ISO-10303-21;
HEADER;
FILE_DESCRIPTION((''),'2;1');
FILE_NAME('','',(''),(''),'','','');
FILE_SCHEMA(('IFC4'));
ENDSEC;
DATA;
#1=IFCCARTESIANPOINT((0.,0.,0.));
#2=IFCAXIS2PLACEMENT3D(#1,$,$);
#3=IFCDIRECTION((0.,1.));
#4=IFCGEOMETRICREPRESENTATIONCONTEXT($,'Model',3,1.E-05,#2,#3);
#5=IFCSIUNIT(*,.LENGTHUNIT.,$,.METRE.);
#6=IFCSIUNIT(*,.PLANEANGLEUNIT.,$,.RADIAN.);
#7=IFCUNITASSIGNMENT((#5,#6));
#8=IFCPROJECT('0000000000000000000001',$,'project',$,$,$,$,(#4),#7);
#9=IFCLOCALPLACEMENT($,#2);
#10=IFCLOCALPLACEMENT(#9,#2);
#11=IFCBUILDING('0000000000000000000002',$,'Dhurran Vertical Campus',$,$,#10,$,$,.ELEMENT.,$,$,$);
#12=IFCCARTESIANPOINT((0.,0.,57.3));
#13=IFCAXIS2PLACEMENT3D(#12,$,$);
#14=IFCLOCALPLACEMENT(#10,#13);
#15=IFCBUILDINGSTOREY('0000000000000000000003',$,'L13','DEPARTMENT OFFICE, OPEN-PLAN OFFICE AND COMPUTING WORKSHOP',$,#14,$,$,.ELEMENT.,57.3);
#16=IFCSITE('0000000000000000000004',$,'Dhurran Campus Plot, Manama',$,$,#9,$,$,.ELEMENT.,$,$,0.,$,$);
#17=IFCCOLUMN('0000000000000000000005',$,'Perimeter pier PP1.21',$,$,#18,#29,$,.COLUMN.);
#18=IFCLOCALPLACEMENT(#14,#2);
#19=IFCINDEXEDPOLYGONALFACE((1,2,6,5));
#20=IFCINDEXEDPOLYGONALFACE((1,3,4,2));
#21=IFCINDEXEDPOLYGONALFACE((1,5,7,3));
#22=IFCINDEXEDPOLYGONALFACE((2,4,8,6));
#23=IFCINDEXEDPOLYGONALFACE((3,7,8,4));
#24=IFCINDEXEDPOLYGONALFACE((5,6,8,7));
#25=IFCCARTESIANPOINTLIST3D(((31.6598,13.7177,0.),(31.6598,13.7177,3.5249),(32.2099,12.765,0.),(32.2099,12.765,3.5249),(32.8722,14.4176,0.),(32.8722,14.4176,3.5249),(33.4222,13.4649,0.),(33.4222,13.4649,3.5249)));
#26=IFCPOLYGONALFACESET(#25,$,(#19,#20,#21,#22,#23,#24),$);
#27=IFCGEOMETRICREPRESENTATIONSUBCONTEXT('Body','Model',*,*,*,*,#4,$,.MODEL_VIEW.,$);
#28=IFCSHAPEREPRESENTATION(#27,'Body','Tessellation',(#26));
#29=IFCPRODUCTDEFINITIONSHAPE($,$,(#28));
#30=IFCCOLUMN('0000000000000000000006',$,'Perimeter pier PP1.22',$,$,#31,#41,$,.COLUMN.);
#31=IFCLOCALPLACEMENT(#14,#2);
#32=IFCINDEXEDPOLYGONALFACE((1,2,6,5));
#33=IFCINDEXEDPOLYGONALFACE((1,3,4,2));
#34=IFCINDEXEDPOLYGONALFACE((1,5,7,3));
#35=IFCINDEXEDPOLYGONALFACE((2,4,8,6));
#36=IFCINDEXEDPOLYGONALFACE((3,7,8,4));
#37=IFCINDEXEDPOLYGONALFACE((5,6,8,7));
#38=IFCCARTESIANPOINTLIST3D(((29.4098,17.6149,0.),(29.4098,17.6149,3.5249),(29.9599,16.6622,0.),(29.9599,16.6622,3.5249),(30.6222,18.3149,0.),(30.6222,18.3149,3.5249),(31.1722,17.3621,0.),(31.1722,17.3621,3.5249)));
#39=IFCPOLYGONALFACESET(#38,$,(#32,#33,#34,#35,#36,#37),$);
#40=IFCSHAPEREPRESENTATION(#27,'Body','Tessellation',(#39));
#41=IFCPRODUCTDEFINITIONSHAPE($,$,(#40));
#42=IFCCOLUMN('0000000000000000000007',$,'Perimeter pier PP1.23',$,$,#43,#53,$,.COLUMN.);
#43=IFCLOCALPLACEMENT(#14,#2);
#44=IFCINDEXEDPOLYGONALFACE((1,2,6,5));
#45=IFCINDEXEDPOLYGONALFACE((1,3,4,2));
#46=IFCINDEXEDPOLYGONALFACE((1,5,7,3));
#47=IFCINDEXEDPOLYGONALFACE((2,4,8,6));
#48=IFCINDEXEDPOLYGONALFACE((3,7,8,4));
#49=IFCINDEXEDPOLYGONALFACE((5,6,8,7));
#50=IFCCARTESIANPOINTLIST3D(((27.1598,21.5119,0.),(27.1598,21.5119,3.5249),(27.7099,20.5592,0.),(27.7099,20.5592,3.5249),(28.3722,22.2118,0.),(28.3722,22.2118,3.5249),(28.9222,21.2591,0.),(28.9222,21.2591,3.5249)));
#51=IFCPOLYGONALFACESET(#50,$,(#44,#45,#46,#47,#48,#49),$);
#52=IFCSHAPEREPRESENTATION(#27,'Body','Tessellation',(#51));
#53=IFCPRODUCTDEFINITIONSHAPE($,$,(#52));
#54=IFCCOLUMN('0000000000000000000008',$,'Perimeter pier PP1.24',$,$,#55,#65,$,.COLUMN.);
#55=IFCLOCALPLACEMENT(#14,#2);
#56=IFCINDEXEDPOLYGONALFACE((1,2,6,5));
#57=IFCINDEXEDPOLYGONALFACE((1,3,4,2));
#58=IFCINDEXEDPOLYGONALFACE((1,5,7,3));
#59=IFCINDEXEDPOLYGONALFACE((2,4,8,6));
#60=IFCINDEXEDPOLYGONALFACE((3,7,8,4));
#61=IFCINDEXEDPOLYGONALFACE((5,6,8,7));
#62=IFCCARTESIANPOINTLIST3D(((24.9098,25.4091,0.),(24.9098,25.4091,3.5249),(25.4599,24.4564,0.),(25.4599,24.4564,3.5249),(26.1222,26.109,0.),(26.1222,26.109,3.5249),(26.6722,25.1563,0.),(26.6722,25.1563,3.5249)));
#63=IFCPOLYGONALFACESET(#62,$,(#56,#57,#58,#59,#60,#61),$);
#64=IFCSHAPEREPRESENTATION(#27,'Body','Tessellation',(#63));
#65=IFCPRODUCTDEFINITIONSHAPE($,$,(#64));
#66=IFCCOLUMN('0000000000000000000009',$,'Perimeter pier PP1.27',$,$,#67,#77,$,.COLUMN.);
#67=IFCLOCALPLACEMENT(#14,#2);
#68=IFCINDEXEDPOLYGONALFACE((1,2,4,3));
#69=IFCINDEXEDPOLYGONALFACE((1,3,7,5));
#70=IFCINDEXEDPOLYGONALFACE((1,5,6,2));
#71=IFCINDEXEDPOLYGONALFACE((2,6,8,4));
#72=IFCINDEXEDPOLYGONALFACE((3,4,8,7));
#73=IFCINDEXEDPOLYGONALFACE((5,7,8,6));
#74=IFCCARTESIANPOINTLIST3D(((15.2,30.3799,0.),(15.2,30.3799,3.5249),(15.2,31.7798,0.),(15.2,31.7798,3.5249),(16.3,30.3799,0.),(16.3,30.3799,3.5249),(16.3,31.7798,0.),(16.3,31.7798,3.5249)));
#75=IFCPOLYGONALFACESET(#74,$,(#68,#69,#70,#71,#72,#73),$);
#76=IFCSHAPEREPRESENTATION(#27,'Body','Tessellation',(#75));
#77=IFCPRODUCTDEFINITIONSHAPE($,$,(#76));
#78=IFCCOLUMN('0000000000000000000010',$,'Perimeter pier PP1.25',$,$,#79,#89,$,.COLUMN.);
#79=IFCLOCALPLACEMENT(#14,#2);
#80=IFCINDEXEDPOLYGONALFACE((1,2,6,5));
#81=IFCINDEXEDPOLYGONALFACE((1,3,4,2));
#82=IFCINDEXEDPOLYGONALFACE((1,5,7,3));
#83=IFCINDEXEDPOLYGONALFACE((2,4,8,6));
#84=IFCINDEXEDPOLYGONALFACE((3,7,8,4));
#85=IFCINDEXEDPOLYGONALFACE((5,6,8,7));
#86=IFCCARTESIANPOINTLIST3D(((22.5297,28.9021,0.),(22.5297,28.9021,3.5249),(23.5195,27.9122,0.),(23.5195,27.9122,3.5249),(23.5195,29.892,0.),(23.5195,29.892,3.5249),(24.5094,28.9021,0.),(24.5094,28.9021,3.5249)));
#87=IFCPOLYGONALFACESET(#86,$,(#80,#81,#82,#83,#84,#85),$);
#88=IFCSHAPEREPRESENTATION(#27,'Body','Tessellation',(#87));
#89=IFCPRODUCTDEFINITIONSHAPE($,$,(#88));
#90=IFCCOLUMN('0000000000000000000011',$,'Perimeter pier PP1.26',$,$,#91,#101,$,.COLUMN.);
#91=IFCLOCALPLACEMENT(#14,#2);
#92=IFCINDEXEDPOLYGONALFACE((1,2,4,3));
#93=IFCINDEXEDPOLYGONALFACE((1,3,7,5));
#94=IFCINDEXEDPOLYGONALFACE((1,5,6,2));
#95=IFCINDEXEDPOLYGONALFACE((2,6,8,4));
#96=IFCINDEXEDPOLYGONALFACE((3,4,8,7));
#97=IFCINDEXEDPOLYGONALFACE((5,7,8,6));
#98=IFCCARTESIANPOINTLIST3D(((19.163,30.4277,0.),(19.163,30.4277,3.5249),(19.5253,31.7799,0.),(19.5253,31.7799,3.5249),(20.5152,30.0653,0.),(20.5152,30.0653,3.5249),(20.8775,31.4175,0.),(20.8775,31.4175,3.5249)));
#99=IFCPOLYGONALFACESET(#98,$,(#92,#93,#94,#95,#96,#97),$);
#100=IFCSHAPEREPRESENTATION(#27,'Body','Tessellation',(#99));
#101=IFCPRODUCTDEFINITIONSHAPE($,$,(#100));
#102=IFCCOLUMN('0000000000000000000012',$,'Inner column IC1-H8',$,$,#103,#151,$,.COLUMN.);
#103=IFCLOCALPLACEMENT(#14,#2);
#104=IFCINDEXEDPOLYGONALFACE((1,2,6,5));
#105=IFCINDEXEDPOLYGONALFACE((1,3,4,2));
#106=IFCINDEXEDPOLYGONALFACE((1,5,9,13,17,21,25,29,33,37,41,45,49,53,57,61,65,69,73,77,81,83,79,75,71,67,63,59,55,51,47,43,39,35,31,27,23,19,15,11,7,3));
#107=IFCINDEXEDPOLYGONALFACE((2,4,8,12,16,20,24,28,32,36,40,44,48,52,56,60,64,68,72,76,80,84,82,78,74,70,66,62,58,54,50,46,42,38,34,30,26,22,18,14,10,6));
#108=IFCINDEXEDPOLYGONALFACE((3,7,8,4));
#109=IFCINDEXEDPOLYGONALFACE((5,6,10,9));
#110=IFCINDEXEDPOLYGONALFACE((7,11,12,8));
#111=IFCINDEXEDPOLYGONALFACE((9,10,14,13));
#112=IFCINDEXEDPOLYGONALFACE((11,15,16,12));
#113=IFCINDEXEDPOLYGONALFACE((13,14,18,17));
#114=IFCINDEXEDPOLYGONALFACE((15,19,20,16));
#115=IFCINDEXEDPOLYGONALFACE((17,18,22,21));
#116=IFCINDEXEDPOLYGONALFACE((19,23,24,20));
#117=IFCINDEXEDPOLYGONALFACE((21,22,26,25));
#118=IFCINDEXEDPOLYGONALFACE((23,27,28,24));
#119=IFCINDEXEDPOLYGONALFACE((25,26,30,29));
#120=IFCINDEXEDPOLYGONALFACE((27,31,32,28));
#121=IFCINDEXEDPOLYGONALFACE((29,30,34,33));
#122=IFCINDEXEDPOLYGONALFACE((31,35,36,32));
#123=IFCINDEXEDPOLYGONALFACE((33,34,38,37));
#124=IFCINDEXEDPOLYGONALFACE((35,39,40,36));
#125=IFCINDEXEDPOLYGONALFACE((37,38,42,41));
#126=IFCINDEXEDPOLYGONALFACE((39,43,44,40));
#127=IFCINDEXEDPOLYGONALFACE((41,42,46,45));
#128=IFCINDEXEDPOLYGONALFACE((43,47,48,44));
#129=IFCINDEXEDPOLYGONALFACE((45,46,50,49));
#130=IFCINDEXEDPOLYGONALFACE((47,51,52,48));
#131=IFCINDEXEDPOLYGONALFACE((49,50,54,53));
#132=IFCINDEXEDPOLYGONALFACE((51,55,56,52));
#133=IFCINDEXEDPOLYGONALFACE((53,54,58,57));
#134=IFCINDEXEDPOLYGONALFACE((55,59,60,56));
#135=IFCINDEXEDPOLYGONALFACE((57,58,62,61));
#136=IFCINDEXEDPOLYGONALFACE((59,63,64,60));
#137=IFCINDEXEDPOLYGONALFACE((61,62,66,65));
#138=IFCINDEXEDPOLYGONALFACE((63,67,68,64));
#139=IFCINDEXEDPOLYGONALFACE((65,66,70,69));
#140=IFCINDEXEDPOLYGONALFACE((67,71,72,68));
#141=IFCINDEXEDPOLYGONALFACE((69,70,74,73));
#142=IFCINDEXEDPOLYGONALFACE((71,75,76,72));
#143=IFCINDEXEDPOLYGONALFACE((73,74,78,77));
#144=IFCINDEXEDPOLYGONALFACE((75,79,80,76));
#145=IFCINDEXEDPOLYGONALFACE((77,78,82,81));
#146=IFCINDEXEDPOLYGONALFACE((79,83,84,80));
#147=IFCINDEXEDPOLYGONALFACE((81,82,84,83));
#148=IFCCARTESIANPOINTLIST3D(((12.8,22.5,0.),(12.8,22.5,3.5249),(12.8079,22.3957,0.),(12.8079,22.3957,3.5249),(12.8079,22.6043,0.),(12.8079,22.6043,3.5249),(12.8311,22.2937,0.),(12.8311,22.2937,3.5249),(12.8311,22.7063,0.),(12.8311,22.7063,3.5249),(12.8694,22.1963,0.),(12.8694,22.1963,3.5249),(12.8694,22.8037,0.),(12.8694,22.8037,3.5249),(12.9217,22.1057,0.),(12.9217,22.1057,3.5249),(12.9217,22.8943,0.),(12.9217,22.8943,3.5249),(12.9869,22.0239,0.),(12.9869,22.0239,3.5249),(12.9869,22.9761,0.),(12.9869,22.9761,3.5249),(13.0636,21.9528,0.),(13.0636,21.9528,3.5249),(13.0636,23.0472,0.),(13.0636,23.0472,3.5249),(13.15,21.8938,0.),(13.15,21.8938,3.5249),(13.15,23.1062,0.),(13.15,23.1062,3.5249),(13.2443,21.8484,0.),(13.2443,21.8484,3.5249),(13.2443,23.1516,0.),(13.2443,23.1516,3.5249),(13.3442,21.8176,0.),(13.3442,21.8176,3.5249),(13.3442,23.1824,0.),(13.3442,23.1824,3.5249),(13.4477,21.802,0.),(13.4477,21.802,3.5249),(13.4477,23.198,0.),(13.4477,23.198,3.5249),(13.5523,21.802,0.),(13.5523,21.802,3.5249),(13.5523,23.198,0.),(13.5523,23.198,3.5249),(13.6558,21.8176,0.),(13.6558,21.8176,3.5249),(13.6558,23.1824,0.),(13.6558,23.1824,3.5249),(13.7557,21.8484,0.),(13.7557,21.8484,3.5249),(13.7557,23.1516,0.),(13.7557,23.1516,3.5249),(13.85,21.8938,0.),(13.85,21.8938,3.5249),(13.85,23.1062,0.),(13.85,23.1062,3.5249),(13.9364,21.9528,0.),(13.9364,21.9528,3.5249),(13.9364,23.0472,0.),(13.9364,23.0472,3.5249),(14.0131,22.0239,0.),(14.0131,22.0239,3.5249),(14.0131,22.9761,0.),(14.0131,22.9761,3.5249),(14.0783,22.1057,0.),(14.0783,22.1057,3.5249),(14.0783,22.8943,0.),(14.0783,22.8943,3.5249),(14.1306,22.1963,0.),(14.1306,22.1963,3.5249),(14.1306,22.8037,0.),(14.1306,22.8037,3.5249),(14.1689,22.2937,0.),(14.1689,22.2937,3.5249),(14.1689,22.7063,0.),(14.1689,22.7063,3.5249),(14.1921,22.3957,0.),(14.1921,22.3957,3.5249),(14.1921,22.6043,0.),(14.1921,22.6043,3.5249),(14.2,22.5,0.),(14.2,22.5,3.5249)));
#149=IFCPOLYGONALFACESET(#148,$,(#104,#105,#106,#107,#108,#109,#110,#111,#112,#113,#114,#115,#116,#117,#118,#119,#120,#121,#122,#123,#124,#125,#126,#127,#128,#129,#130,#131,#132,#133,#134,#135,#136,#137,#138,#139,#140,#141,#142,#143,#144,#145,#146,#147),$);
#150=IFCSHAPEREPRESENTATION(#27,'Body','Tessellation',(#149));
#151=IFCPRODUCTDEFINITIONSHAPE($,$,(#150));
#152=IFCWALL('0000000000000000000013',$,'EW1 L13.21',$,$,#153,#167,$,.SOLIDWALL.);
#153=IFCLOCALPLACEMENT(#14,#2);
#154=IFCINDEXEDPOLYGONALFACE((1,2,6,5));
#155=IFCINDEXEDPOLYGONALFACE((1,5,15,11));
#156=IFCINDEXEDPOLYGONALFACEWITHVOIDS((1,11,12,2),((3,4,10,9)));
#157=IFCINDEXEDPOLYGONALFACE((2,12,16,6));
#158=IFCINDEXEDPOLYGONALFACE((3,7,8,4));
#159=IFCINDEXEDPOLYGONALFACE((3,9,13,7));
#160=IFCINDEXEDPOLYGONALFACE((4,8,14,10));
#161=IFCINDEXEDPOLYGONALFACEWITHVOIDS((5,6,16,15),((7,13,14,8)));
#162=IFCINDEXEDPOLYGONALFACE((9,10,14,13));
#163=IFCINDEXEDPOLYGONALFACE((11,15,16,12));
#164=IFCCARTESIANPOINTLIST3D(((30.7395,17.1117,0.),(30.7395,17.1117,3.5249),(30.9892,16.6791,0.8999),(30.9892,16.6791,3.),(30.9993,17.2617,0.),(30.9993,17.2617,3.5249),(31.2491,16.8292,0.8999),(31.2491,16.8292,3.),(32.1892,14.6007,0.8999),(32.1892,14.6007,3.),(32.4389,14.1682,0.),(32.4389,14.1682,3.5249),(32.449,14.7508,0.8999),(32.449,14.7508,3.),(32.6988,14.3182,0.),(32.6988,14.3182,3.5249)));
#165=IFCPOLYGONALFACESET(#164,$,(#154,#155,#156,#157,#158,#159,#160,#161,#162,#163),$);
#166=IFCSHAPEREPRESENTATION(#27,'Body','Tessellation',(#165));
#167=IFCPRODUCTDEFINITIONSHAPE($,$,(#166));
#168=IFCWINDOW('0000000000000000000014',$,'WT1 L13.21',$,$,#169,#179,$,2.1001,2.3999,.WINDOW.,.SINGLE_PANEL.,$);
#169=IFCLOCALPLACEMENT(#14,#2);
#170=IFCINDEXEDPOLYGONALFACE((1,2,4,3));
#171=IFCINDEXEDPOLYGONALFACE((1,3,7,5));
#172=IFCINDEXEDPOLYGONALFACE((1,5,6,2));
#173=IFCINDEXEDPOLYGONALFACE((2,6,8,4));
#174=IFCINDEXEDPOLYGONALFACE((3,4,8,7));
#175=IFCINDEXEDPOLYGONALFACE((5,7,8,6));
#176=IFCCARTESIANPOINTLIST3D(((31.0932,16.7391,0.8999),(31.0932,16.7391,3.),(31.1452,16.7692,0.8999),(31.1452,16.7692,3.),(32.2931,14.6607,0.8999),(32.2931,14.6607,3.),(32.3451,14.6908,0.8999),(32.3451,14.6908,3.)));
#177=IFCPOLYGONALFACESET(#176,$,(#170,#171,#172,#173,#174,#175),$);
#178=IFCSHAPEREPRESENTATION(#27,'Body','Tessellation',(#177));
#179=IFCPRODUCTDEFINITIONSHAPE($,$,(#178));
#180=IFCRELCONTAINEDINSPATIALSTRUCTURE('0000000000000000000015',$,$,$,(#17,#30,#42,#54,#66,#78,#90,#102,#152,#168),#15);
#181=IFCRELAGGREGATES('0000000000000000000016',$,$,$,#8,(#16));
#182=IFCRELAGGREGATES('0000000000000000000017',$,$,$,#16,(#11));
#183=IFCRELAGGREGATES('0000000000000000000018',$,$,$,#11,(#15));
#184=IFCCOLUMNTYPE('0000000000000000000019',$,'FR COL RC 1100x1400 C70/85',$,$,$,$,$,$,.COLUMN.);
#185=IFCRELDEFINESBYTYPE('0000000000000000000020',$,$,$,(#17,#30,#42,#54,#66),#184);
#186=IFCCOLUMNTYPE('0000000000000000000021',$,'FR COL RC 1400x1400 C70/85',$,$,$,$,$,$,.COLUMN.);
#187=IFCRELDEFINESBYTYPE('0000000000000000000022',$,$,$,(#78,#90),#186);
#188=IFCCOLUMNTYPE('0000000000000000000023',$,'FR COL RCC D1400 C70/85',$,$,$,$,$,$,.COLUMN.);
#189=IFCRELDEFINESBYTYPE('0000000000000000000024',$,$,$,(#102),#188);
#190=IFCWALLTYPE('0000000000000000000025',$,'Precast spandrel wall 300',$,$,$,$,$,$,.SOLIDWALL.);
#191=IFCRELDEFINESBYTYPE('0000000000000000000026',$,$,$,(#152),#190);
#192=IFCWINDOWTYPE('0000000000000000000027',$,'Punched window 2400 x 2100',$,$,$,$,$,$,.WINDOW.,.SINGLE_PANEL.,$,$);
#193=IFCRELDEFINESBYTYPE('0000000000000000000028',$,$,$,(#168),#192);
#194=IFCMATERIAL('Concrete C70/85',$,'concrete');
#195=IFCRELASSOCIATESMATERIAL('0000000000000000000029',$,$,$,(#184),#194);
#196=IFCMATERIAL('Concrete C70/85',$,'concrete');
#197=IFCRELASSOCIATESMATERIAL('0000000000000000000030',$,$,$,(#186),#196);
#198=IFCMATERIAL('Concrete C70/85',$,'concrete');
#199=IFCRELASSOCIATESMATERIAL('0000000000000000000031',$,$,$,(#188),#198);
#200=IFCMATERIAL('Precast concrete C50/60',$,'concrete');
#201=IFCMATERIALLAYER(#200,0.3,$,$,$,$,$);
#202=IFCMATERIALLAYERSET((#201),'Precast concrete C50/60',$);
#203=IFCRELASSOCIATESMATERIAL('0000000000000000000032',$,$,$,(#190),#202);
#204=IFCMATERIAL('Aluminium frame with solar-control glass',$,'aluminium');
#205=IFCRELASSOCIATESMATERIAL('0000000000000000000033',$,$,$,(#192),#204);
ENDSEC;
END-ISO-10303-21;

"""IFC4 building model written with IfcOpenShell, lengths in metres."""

from ifc_helpers import new_model, si_unit, direction, frame, frame_2d, origin, origin_2d, place, context, subcontext, project, spatial, rectangle, circle, extrude, material, layer, layer_set, material_profile, profile_set, type_object, element, fill, save


model = new_model("IFC4")

# Units and contexts
model_context = context("Model", 3, precision=1e-05, world=origin(), true_north=direction((0.0, 1.0)))
body_context = subcontext(model_context, "Body", "Model", "MODEL_VIEW")
ifc_project = project(units=[si_unit("LENGTHUNIT", "METRE"), si_unit("PLANEANGLEUNIT", "RADIAN")], contexts=[model_context])

# Site, building, storey
site_placement = place(None, origin())
site = spatial("IfcSite", under=ifc_project, at=site_placement, Name="Dhurran Campus Plot, Manama", CompositionType="ELEMENT", RefElevation=0.0)
building_placement = place(site_placement, origin())
building = spatial("IfcBuilding", under=site, at=building_placement, Name="Dhurran Vertical Campus", CompositionType="ELEMENT")
storey_placement = place(building_placement, frame((0.0, 0.0, 57.3)))
storey = spatial("IfcBuildingStorey", under=building, at=storey_placement, Name="L13", Description="DEPARTMENT OFFICE, OPEN-PLAN OFFICE AND COMPUTING WORKSHOP", CompositionType="ELEMENT", Elevation=57.3)

# Columns
ifc_material_1 = material(Name="Concrete C70/85", Category="concrete")
ifc_material_profile_1 = material_profile(ifc_material_1, rectangle(XDim=1.1001, YDim=1.3999, at=origin_2d()), Name="RC 1100x1400")
ifc_profile_set_1 = profile_set([ifc_material_profile_1], Name="Concrete C70/85")
column_type_1 = type_object("IfcColumnType", Name="FR COL RC 1100x1400 C70/85", PredefinedType="COLUMN", material=ifc_profile_set_1)
for number, where, z_axis, x_axis, name in (
    (1, (32.541, 13.5913, 0.0), (0.0, 0.0, 1.0), (-0.5, 0.866025, 0.0), "Perimeter pier PP1.21"),
    (2, (30.291, 17.4885, 0.0), (0.0, 0.0, 1.0), (-0.5, 0.866025, 0.0), "Perimeter pier PP1.22"),
    (3, (28.041, 21.3855, 0.0), (0.0, 0.0, 1.0), (-0.5, 0.866025, 0.0), "Perimeter pier PP1.23"),
    (4, (25.791, 25.2827, 0.0), (0.0, 0.0, 1.0), (-0.5, 0.866025, 0.0), "Perimeter pier PP1.24"),
    (5, (15.75, 31.0798, 0.0), (0.0, 0.0, 1.0), (-1.0, 0.0, 0.0), "Perimeter pier PP1.27"),
):
    element("IfcColumn", number, at=place(storey_placement, frame(where, z_axis=z_axis, x_axis=x_axis)), inside=storey, type_object=column_type_1, Name=name, PredefinedType="COLUMN", context=body_context, shape_type="SweptSolid", body=[
        extrude(rectangle(XDim=1.1001, YDim=1.3999, at=origin_2d()), origin(), (0.0, 0.0, 1.0), 3.5249),
    ])
ifc_material_2 = material(Name="Concrete C70/85", Category="concrete")
ifc_material_profile_2 = material_profile(ifc_material_2, rectangle(XDim=1.3999, YDim=1.3999, at=origin_2d()), Name="RC 1400x1400")
ifc_profile_set_2 = profile_set([ifc_material_profile_2], Name="Concrete C70/85")
column_type_2 = type_object("IfcColumnType", Name="FR COL RC 1400x1400 C70/85", PredefinedType="COLUMN", material=ifc_profile_set_2)
for number, where, z_axis, x_axis, name in (
    (6, (23.5195, 28.9021, 0.0), (0.0, 0.0, 1.0), (-0.707107, 0.707107, 0.0), "Perimeter pier PP1.25"),
    (7, (20.0203, 30.9226, 0.0), (0.0, 0.0, 1.0), (-0.965926, 0.258819, 0.0), "Perimeter pier PP1.26"),
):
    element("IfcColumn", number, at=place(storey_placement, frame(where, z_axis=z_axis, x_axis=x_axis)), inside=storey, type_object=column_type_2, Name=name, PredefinedType="COLUMN", context=body_context, shape_type="SweptSolid", body=[
        extrude(rectangle(XDim=1.3999, YDim=1.3999, at=origin_2d()), origin(), (0.0, 0.0, 1.0), 3.5249),
    ])
ifc_material_3 = material(Name="Concrete C70/85", Category="concrete")
ifc_material_profile_3 = material_profile(ifc_material_3, circle(Radius=0.7, at=origin_2d()), Name="RCC D1400")
ifc_profile_set_3 = profile_set([ifc_material_profile_3], Name="Concrete C70/85")
column_type_3 = type_object("IfcColumnType", Name="FR COL RCC D1400 C70/85", PredefinedType="COLUMN", material=ifc_profile_set_3)
column_placement = place(storey_placement, frame((13.5, 22.5, 0.0), z_axis=(0.0, 0.0, 1.0), x_axis=(1.0, 0.0, 0.0)))
element("IfcColumn", 8, at=column_placement, inside=storey, type_object=column_type_3, Name="Inner column IC1-H8", PredefinedType="COLUMN", context=body_context, shape_type="SweptSolid", body=[
    extrude(circle(Radius=0.7, at=origin_2d()), origin(), (0.0, 0.0, 1.0), 3.5249),
])

# Wall, opening, window
ifc_material_4 = material(Name="Precast concrete C50/60", Category="concrete")
ifc_layer_1 = layer(ifc_material_4, 0.3)
ifc_layer_set_1 = layer_set([ifc_layer_1], Name="Precast concrete C50/60")
wall_type_1 = type_object("IfcWallType", Name="Precast spandrel wall 300", PredefinedType="SOLIDWALL", material=ifc_layer_set_1)
wall_1_placement = place(storey_placement, frame((32.5688, 14.2432, 0.0), z_axis=(0.0, 0.0, 1.0), x_axis=(-0.499994, 0.866029, 0.0)))
wall_1 = element("IfcWall", 9, at=wall_1_placement, inside=storey, type_object=wall_type_1, Name="EW1 L13.21", PredefinedType="SOLIDWALL", context=body_context, shape_type="SweptSolid", body=[
    extrude(rectangle(XDim=3.3989, YDim=0.3, at=frame_2d((1.6995, 0.0))), origin(), (0.0, 0.0, 1.0), 3.5249),
])
opening_1_placement = place(wall_1_placement, frame((0.4995, 0.0, 0.8999)))
opening_1 = element("IfcOpeningElement", 10, at=opening_1_placement, cuts=wall_1, PredefinedType="OPENING", context=body_context, shape_type="SweptSolid", body=[
    extrude(rectangle(XDim=2.3999, YDim=2.1001, at=frame_2d((1.2, 1.05))), frame((0.0, 0.1599, 0.0), z_axis=(0.0, -1.0, 0.0), x_axis=(1.0, 0.0, 0.0)), (0.0, 0.0, 1.0), 0.3201),
])
ifc_material_5 = material(Name="Aluminium frame with solar-control glass", Category="aluminium")
window_type = type_object("IfcWindowType", Name="Punched window 2400 x 2100", PartitioningType="SINGLE_PANEL", PredefinedType="WINDOW", material=ifc_material_5)
window_1_placement = place(opening_1_placement, origin())
window_1 = element("IfcWindow", 11, at=window_1_placement, inside=storey, type_object=window_type, Name="WT1 L13.21", OverallHeight=2.1001, OverallWidth=2.3999, PartitioningType="SINGLE_PANEL", PredefinedType="WINDOW", context=body_context, shape_type="SweptSolid", body=[
    extrude(rectangle(XDim=2.3999, YDim=2.1001, at=frame_2d((1.2, 1.05))), frame((0.0, 0.03, 0.0), z_axis=(0.0, -1.0, 0.0), x_axis=(1.0, 0.0, 0.0)), (0.0, 0.0, 1.0), 0.0601),
])
fill(opening_1, window_1)

save(model, "model.ifc")
